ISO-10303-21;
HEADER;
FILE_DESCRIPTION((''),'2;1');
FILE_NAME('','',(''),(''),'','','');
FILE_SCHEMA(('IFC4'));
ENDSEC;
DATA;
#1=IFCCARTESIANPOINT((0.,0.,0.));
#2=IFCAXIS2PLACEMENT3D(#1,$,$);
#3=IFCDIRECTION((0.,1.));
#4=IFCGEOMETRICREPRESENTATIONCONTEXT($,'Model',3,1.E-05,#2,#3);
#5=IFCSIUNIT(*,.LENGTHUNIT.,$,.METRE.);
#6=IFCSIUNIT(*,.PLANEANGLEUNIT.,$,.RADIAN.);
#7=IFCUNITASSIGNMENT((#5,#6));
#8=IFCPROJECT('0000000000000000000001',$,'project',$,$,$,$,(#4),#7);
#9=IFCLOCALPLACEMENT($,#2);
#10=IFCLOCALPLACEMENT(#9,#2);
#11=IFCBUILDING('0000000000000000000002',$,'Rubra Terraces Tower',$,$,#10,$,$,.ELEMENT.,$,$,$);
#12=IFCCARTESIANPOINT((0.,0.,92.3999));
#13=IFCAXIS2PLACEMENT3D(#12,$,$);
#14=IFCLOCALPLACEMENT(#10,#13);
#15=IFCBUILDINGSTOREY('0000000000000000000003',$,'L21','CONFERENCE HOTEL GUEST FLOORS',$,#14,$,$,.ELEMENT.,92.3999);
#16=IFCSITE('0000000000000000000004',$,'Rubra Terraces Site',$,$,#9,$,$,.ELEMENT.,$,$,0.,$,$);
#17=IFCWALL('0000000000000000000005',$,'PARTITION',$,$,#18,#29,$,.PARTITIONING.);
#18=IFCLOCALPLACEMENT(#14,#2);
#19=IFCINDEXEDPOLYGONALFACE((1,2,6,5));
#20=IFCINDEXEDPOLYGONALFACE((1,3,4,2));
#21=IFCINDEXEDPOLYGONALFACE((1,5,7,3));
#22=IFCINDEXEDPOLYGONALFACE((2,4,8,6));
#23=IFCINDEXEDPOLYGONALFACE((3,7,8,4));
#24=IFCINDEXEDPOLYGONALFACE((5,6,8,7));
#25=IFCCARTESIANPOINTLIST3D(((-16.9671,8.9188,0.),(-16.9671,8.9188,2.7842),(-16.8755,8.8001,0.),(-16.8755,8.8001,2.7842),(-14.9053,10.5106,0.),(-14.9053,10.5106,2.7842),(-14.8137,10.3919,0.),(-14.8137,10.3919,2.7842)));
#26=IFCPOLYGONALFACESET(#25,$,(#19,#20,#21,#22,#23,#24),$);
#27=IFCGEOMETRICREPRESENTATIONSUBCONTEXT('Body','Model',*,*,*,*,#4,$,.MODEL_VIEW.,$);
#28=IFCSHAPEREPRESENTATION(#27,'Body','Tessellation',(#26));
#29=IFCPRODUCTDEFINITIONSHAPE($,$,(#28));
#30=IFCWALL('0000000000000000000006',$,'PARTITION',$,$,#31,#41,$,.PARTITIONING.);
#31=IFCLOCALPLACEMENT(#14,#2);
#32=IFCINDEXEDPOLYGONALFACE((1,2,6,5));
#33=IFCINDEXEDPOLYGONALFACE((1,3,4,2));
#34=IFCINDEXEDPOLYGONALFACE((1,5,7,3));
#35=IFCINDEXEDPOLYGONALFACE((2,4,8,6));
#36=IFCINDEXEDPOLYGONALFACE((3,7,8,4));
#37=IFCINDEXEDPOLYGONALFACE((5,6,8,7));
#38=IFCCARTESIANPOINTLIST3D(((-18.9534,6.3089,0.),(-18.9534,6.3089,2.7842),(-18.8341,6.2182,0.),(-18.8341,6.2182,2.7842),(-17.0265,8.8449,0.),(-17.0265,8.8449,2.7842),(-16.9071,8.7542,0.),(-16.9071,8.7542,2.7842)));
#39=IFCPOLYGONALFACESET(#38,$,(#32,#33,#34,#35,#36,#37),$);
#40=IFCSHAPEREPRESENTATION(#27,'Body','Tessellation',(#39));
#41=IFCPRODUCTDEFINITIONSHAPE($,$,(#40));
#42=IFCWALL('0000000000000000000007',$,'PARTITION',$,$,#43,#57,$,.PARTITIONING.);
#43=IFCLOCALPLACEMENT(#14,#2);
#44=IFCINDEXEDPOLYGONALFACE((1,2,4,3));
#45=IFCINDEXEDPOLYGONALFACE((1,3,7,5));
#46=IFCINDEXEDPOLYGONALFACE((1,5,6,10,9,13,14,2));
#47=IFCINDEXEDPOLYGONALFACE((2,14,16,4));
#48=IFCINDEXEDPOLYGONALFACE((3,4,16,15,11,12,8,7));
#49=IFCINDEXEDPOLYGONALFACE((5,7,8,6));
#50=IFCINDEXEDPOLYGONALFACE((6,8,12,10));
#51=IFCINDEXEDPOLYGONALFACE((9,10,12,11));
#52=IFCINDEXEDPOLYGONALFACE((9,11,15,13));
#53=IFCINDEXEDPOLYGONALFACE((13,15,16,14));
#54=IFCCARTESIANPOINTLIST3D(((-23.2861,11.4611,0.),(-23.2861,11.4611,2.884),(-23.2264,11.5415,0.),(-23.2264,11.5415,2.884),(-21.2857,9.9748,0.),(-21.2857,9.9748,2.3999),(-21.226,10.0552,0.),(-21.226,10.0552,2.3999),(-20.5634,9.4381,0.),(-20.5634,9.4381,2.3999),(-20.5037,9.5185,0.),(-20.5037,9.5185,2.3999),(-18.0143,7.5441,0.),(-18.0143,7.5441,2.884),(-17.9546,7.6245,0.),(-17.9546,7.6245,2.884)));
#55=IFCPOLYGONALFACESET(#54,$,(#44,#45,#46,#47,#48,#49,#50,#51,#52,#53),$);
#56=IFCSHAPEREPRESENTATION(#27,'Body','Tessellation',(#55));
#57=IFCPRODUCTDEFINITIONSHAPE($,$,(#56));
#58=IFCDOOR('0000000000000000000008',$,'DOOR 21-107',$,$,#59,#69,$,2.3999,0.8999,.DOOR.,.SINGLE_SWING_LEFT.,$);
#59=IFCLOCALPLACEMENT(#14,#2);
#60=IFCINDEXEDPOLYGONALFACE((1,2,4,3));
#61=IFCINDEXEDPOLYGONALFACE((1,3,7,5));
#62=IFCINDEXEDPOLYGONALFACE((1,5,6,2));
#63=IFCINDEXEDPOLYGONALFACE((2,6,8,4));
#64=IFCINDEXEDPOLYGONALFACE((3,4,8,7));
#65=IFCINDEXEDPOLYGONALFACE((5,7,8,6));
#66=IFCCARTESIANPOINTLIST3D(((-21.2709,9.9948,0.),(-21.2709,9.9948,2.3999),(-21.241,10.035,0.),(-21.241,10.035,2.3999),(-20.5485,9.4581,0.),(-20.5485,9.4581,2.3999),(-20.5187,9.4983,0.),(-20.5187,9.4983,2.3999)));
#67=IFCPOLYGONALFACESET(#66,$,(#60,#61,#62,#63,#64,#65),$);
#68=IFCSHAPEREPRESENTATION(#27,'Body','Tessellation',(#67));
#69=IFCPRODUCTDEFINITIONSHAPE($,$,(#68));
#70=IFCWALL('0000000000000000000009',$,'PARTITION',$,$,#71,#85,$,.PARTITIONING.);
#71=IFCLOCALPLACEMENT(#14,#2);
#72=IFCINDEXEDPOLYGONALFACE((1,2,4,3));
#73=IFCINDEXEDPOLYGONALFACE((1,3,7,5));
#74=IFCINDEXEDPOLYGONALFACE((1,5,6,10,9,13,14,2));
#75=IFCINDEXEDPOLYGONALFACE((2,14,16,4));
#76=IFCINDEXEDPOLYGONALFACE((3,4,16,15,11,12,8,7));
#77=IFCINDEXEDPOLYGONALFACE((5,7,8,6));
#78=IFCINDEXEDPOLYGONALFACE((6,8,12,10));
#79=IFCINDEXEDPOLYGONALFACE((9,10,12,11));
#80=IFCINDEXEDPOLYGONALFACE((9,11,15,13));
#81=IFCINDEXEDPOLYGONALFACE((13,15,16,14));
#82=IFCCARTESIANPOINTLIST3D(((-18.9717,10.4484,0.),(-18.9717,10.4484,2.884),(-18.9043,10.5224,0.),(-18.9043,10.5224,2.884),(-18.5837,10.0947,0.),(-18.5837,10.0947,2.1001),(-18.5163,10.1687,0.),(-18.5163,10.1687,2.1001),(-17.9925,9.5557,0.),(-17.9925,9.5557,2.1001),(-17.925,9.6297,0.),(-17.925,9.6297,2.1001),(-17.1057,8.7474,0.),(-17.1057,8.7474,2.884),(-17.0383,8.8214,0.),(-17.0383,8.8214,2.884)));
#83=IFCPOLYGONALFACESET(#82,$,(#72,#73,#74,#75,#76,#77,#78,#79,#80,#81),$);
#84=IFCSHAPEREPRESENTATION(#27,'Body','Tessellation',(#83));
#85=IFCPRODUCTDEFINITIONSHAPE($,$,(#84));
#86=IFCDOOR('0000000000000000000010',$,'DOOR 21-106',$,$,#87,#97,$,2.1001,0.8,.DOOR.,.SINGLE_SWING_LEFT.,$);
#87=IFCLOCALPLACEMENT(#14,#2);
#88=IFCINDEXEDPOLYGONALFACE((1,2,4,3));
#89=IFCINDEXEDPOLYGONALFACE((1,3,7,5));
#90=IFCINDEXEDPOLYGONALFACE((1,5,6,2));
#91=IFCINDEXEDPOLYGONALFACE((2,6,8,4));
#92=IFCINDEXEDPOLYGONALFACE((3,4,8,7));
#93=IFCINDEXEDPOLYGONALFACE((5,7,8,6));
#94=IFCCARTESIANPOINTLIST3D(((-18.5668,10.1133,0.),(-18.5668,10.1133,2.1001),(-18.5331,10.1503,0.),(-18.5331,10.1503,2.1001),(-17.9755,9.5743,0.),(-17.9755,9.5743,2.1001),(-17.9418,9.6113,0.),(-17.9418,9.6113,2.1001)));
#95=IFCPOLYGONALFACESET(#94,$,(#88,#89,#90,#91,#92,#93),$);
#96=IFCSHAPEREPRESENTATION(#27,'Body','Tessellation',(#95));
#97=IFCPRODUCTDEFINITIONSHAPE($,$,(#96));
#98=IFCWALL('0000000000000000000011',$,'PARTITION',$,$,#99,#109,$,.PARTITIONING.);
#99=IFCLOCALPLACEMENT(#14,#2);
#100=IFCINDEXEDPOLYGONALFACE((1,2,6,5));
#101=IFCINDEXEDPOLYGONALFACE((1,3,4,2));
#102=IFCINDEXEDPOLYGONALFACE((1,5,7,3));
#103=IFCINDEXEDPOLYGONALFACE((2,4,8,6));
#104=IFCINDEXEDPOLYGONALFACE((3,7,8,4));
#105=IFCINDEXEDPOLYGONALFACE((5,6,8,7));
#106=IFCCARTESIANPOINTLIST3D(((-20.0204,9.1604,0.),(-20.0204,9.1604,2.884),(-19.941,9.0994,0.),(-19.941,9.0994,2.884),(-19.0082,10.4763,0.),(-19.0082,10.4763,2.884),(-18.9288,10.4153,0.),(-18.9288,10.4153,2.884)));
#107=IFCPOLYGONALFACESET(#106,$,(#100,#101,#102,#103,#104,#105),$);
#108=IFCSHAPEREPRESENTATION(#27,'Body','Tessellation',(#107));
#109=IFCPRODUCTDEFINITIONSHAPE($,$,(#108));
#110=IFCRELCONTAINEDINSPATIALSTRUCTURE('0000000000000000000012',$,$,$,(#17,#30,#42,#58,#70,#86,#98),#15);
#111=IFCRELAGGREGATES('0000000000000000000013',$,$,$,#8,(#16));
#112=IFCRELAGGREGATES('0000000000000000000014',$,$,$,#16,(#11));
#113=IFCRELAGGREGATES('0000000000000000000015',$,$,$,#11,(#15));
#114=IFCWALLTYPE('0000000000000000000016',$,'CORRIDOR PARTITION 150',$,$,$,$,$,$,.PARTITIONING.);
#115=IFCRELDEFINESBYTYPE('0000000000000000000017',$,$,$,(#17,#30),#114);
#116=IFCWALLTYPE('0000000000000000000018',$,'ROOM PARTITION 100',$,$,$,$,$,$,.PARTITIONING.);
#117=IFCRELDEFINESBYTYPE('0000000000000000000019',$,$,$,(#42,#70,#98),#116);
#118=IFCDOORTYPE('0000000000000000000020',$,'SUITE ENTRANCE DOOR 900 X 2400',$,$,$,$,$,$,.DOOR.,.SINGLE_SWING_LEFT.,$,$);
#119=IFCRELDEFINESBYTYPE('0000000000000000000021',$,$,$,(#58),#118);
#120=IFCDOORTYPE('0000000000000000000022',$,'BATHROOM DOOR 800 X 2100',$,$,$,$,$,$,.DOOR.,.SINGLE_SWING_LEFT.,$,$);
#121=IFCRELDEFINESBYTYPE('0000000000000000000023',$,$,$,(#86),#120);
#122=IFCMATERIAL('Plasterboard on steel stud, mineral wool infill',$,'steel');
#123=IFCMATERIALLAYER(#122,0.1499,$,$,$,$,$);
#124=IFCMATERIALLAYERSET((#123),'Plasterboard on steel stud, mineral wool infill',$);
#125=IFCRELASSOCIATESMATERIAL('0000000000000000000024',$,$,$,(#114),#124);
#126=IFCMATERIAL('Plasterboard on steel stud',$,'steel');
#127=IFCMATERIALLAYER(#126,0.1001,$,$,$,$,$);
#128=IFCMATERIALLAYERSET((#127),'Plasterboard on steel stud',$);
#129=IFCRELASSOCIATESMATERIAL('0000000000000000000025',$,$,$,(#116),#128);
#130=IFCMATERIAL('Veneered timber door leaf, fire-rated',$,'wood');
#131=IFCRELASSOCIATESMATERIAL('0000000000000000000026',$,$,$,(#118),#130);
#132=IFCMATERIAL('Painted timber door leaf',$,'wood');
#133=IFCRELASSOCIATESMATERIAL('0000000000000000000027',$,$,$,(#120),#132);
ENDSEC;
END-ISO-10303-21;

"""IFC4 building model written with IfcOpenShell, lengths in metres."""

from ifc_helpers import new_model, si_unit, direction, frame, frame_2d, origin, place, context, subcontext, project, spatial, rectangle, extrude, material, layer, layer_set, type_object, element, fill, save


model = new_model("IFC4")

# Units and contexts
model_context = context("Model", 3, precision=1e-05, world=origin(), true_north=direction((0.0, 1.0)))
body_context = subcontext(model_context, "Body", "Model", "MODEL_VIEW")
ifc_project = project(units=[si_unit("LENGTHUNIT", "METRE"), si_unit("PLANEANGLEUNIT", "RADIAN")], contexts=[model_context])

# Site, building, storey
site_placement = place(None, origin())
site = spatial("IfcSite", under=ifc_project, at=site_placement, Name="Rubra Terraces Site", CompositionType="ELEMENT", RefElevation=0.0)
building_placement = place(site_placement, origin())
building = spatial("IfcBuilding", under=site, at=building_placement, Name="Rubra Terraces Tower", CompositionType="ELEMENT")
storey_placement = place(building_placement, frame((0.0, 0.0, 92.3999)))
storey = spatial("IfcBuildingStorey", under=building, at=storey_placement, Name="L21", Description="CONFERENCE HOTEL GUEST FLOORS", CompositionType="ELEMENT", Elevation=92.3999)

# Walls
ifc_material_1 = material(Name="Plasterboard on steel stud, mineral wool infill", Category="steel")
ifc_layer_1 = layer(ifc_material_1, 0.1499)
ifc_layer_set_1 = layer_set([ifc_layer_1], Name="Plasterboard on steel stud, mineral wool infill")
wall_type_1 = type_object("IfcWallType", Name="CORRIDOR PARTITION 150", PredefinedType="PARTITIONING", material=ifc_layer_set_1)
wall_1_placement = place(storey_placement, frame((-14.8596, 10.4512, 0.0), z_axis=(0.0, 0.0, 1.0), x_axis=(-0.791543, -0.611114, 0.0)))
element("IfcWall", 1, at=wall_1_placement, inside=storey, type_object=wall_type_1, Name="PARTITION", PredefinedType="PARTITIONING", context=body_context, shape_type="SweptSolid", body=[
    extrude(rectangle(XDim=2.6047, YDim=0.1499, at=frame_2d((1.3022, 0.0))), origin(), (0.0, 0.0, 1.0), 2.7842),
])
wall_2_placement = place(storey_placement, frame((-16.9668, 8.7996, 0.0), z_axis=(0.0, 0.0, 1.0), x_axis=(-0.604992, -0.796232, 0.0)))
element("IfcWall", 2, at=wall_2_placement, inside=storey, type_object=wall_type_1, Name="PARTITION", PredefinedType="PARTITIONING", context=body_context, shape_type="SweptSolid", body=[
    extrude(rectangle(XDim=3.1851, YDim=0.1499, at=frame_2d((1.5925, 0.0))), origin(), (0.0, 0.0, 1.0), 2.7842),
])

# Walls, openings, doors
ifc_material_2 = material(Name="Plasterboard on steel stud", Category="steel")
ifc_layer_2 = layer(ifc_material_2, 0.1001)
ifc_layer_set_2 = layer_set([ifc_layer_2], Name="Plasterboard on steel stud")
wall_type_2 = type_object("IfcWallType", Name="ROOM PARTITION 100", PredefinedType="PARTITIONING", material=ifc_layer_set_2)
wall_3_placement = place(storey_placement, frame((-23.2561, 11.5012, 0.0), z_axis=(0.0, 0.0, 1.0), x_axis=(0.802682, -0.596407, 0.0)))
wall_3 = element("IfcWall", 3, at=wall_3_placement, inside=storey, type_object=wall_type_2, Name="PARTITION", PredefinedType="PARTITIONING", context=body_context, shape_type="SweptSolid", body=[
    extrude(rectangle(XDim=6.5676, YDim=0.1001, at=frame_2d((3.2837, 0.0))), origin(), (0.0, 0.0, 1.0), 2.884),
])
opening_1_placement = place(wall_3_placement, frame((2.4919, 0.0, 0.0)))
opening_1 = element("IfcOpeningElement", 4, at=opening_1_placement, cuts=wall_3, PredefinedType="OPENING", context=body_context, shape_type="SweptSolid", body=[
    extrude(rectangle(XDim=0.8999, YDim=2.3999, at=frame_2d((0.45, 1.2))), frame((0.0, 0.0601, 0.0), z_axis=(0.0, -1.0, 0.0), x_axis=(1.0, 0.0, 0.0)), (0.0, 0.0, 1.0), 0.1201),
])
ifc_material_3 = material(Name="Veneered timber door leaf, fire-rated", Category="wood")
door_type_1 = type_object("IfcDoorType", Name="SUITE ENTRANCE DOOR 900 X 2400", OperationType="SINGLE_SWING_LEFT", PredefinedType="DOOR", material=ifc_material_3)
door_1_placement = place(opening_1_placement, origin())
door_1 = element("IfcDoor", 5, at=door_1_placement, inside=storey, type_object=door_type_1, Name="DOOR 21-107", OperationType="SINGLE_SWING_LEFT", OverallHeight=2.3999, OverallWidth=0.8999, PredefinedType="DOOR", context=body_context, shape_type="SweptSolid", body=[
    extrude(rectangle(XDim=0.8999, YDim=2.3999, at=frame_2d((0.45, 1.2))), frame((0.0, 0.0249, 0.0), z_axis=(0.0, -1.0, 0.0), x_axis=(1.0, 0.0, 0.0)), (0.0, 0.0, 1.0), 0.05),
])
fill(opening_1, door_1)
wall_4_placement = place(storey_placement, frame((-17.072, 8.7844, 0.0), z_axis=(0.0, 0.0, 1.0), x_axis=(-0.739034, 0.673668, 0.0)))
wall_4 = element("IfcWall", 6, at=wall_4_placement, inside=storey, type_object=wall_type_2, Name="PARTITION", PredefinedType="PARTITIONING", context=body_context, shape_type="SweptSolid", body=[
    extrude(rectangle(XDim=2.5249, YDim=0.1001, at=frame_2d((1.2625, 0.0))), origin(), (0.0, 0.0, 1.0), 2.884),
])
opening_2_placement = place(wall_4_placement, frame((1.2, 0.0, 0.0)))
opening_2 = element("IfcOpeningElement", 7, at=opening_2_placement, cuts=wall_4, PredefinedType="OPENING", context=body_context, shape_type="SweptSolid", body=[
    extrude(rectangle(XDim=0.8, YDim=2.1001, at=frame_2d((0.3999, 1.05))), frame((0.0, 0.0601, 0.0), z_axis=(0.0, -1.0, 0.0), x_axis=(1.0, 0.0, 0.0)), (0.0, 0.0, 1.0), 0.1201),
])
ifc_material_4 = material(Name="Painted timber door leaf", Category="wood")
door_type_2 = type_object("IfcDoorType", Name="BATHROOM DOOR 800 X 2100", OperationType="SINGLE_SWING_LEFT", PredefinedType="DOOR", material=ifc_material_4)
door_2_placement = place(opening_2_placement, origin())
door_2 = element("IfcDoor", 8, at=door_2_placement, inside=storey, type_object=door_type_2, Name="DOOR 21-106", OperationType="SINGLE_SWING_LEFT", OverallHeight=2.1001, OverallWidth=0.8, PredefinedType="DOOR", context=body_context, shape_type="SweptSolid", body=[
    extrude(rectangle(XDim=0.8, YDim=2.1001, at=frame_2d((0.3999, 1.05))), frame((0.0, 0.0249, 0.0), z_axis=(0.0, -1.0, 0.0), x_axis=(1.0, 0.0, 0.0)), (0.0, 0.0, 1.0), 0.05),
])
fill(opening_2, door_2)

# Wall
wall_5_placement = place(storey_placement, frame((-18.9685, 10.4458, 0.0), z_axis=(0.0, 0.0, 1.0), x_axis=(-0.609697, -0.792635, 0.0)))
element("IfcWall", 9, at=wall_5_placement, inside=storey, type_object=wall_type_2, Name="PARTITION", PredefinedType="PARTITIONING", context=body_context, shape_type="SweptSolid", body=[
    extrude(rectangle(XDim=1.6602, YDim=0.1001, at=frame_2d((0.8301, 0.0))), origin(), (0.0, 0.0, 1.0), 2.884),
])

save(model, "model.ifc")
